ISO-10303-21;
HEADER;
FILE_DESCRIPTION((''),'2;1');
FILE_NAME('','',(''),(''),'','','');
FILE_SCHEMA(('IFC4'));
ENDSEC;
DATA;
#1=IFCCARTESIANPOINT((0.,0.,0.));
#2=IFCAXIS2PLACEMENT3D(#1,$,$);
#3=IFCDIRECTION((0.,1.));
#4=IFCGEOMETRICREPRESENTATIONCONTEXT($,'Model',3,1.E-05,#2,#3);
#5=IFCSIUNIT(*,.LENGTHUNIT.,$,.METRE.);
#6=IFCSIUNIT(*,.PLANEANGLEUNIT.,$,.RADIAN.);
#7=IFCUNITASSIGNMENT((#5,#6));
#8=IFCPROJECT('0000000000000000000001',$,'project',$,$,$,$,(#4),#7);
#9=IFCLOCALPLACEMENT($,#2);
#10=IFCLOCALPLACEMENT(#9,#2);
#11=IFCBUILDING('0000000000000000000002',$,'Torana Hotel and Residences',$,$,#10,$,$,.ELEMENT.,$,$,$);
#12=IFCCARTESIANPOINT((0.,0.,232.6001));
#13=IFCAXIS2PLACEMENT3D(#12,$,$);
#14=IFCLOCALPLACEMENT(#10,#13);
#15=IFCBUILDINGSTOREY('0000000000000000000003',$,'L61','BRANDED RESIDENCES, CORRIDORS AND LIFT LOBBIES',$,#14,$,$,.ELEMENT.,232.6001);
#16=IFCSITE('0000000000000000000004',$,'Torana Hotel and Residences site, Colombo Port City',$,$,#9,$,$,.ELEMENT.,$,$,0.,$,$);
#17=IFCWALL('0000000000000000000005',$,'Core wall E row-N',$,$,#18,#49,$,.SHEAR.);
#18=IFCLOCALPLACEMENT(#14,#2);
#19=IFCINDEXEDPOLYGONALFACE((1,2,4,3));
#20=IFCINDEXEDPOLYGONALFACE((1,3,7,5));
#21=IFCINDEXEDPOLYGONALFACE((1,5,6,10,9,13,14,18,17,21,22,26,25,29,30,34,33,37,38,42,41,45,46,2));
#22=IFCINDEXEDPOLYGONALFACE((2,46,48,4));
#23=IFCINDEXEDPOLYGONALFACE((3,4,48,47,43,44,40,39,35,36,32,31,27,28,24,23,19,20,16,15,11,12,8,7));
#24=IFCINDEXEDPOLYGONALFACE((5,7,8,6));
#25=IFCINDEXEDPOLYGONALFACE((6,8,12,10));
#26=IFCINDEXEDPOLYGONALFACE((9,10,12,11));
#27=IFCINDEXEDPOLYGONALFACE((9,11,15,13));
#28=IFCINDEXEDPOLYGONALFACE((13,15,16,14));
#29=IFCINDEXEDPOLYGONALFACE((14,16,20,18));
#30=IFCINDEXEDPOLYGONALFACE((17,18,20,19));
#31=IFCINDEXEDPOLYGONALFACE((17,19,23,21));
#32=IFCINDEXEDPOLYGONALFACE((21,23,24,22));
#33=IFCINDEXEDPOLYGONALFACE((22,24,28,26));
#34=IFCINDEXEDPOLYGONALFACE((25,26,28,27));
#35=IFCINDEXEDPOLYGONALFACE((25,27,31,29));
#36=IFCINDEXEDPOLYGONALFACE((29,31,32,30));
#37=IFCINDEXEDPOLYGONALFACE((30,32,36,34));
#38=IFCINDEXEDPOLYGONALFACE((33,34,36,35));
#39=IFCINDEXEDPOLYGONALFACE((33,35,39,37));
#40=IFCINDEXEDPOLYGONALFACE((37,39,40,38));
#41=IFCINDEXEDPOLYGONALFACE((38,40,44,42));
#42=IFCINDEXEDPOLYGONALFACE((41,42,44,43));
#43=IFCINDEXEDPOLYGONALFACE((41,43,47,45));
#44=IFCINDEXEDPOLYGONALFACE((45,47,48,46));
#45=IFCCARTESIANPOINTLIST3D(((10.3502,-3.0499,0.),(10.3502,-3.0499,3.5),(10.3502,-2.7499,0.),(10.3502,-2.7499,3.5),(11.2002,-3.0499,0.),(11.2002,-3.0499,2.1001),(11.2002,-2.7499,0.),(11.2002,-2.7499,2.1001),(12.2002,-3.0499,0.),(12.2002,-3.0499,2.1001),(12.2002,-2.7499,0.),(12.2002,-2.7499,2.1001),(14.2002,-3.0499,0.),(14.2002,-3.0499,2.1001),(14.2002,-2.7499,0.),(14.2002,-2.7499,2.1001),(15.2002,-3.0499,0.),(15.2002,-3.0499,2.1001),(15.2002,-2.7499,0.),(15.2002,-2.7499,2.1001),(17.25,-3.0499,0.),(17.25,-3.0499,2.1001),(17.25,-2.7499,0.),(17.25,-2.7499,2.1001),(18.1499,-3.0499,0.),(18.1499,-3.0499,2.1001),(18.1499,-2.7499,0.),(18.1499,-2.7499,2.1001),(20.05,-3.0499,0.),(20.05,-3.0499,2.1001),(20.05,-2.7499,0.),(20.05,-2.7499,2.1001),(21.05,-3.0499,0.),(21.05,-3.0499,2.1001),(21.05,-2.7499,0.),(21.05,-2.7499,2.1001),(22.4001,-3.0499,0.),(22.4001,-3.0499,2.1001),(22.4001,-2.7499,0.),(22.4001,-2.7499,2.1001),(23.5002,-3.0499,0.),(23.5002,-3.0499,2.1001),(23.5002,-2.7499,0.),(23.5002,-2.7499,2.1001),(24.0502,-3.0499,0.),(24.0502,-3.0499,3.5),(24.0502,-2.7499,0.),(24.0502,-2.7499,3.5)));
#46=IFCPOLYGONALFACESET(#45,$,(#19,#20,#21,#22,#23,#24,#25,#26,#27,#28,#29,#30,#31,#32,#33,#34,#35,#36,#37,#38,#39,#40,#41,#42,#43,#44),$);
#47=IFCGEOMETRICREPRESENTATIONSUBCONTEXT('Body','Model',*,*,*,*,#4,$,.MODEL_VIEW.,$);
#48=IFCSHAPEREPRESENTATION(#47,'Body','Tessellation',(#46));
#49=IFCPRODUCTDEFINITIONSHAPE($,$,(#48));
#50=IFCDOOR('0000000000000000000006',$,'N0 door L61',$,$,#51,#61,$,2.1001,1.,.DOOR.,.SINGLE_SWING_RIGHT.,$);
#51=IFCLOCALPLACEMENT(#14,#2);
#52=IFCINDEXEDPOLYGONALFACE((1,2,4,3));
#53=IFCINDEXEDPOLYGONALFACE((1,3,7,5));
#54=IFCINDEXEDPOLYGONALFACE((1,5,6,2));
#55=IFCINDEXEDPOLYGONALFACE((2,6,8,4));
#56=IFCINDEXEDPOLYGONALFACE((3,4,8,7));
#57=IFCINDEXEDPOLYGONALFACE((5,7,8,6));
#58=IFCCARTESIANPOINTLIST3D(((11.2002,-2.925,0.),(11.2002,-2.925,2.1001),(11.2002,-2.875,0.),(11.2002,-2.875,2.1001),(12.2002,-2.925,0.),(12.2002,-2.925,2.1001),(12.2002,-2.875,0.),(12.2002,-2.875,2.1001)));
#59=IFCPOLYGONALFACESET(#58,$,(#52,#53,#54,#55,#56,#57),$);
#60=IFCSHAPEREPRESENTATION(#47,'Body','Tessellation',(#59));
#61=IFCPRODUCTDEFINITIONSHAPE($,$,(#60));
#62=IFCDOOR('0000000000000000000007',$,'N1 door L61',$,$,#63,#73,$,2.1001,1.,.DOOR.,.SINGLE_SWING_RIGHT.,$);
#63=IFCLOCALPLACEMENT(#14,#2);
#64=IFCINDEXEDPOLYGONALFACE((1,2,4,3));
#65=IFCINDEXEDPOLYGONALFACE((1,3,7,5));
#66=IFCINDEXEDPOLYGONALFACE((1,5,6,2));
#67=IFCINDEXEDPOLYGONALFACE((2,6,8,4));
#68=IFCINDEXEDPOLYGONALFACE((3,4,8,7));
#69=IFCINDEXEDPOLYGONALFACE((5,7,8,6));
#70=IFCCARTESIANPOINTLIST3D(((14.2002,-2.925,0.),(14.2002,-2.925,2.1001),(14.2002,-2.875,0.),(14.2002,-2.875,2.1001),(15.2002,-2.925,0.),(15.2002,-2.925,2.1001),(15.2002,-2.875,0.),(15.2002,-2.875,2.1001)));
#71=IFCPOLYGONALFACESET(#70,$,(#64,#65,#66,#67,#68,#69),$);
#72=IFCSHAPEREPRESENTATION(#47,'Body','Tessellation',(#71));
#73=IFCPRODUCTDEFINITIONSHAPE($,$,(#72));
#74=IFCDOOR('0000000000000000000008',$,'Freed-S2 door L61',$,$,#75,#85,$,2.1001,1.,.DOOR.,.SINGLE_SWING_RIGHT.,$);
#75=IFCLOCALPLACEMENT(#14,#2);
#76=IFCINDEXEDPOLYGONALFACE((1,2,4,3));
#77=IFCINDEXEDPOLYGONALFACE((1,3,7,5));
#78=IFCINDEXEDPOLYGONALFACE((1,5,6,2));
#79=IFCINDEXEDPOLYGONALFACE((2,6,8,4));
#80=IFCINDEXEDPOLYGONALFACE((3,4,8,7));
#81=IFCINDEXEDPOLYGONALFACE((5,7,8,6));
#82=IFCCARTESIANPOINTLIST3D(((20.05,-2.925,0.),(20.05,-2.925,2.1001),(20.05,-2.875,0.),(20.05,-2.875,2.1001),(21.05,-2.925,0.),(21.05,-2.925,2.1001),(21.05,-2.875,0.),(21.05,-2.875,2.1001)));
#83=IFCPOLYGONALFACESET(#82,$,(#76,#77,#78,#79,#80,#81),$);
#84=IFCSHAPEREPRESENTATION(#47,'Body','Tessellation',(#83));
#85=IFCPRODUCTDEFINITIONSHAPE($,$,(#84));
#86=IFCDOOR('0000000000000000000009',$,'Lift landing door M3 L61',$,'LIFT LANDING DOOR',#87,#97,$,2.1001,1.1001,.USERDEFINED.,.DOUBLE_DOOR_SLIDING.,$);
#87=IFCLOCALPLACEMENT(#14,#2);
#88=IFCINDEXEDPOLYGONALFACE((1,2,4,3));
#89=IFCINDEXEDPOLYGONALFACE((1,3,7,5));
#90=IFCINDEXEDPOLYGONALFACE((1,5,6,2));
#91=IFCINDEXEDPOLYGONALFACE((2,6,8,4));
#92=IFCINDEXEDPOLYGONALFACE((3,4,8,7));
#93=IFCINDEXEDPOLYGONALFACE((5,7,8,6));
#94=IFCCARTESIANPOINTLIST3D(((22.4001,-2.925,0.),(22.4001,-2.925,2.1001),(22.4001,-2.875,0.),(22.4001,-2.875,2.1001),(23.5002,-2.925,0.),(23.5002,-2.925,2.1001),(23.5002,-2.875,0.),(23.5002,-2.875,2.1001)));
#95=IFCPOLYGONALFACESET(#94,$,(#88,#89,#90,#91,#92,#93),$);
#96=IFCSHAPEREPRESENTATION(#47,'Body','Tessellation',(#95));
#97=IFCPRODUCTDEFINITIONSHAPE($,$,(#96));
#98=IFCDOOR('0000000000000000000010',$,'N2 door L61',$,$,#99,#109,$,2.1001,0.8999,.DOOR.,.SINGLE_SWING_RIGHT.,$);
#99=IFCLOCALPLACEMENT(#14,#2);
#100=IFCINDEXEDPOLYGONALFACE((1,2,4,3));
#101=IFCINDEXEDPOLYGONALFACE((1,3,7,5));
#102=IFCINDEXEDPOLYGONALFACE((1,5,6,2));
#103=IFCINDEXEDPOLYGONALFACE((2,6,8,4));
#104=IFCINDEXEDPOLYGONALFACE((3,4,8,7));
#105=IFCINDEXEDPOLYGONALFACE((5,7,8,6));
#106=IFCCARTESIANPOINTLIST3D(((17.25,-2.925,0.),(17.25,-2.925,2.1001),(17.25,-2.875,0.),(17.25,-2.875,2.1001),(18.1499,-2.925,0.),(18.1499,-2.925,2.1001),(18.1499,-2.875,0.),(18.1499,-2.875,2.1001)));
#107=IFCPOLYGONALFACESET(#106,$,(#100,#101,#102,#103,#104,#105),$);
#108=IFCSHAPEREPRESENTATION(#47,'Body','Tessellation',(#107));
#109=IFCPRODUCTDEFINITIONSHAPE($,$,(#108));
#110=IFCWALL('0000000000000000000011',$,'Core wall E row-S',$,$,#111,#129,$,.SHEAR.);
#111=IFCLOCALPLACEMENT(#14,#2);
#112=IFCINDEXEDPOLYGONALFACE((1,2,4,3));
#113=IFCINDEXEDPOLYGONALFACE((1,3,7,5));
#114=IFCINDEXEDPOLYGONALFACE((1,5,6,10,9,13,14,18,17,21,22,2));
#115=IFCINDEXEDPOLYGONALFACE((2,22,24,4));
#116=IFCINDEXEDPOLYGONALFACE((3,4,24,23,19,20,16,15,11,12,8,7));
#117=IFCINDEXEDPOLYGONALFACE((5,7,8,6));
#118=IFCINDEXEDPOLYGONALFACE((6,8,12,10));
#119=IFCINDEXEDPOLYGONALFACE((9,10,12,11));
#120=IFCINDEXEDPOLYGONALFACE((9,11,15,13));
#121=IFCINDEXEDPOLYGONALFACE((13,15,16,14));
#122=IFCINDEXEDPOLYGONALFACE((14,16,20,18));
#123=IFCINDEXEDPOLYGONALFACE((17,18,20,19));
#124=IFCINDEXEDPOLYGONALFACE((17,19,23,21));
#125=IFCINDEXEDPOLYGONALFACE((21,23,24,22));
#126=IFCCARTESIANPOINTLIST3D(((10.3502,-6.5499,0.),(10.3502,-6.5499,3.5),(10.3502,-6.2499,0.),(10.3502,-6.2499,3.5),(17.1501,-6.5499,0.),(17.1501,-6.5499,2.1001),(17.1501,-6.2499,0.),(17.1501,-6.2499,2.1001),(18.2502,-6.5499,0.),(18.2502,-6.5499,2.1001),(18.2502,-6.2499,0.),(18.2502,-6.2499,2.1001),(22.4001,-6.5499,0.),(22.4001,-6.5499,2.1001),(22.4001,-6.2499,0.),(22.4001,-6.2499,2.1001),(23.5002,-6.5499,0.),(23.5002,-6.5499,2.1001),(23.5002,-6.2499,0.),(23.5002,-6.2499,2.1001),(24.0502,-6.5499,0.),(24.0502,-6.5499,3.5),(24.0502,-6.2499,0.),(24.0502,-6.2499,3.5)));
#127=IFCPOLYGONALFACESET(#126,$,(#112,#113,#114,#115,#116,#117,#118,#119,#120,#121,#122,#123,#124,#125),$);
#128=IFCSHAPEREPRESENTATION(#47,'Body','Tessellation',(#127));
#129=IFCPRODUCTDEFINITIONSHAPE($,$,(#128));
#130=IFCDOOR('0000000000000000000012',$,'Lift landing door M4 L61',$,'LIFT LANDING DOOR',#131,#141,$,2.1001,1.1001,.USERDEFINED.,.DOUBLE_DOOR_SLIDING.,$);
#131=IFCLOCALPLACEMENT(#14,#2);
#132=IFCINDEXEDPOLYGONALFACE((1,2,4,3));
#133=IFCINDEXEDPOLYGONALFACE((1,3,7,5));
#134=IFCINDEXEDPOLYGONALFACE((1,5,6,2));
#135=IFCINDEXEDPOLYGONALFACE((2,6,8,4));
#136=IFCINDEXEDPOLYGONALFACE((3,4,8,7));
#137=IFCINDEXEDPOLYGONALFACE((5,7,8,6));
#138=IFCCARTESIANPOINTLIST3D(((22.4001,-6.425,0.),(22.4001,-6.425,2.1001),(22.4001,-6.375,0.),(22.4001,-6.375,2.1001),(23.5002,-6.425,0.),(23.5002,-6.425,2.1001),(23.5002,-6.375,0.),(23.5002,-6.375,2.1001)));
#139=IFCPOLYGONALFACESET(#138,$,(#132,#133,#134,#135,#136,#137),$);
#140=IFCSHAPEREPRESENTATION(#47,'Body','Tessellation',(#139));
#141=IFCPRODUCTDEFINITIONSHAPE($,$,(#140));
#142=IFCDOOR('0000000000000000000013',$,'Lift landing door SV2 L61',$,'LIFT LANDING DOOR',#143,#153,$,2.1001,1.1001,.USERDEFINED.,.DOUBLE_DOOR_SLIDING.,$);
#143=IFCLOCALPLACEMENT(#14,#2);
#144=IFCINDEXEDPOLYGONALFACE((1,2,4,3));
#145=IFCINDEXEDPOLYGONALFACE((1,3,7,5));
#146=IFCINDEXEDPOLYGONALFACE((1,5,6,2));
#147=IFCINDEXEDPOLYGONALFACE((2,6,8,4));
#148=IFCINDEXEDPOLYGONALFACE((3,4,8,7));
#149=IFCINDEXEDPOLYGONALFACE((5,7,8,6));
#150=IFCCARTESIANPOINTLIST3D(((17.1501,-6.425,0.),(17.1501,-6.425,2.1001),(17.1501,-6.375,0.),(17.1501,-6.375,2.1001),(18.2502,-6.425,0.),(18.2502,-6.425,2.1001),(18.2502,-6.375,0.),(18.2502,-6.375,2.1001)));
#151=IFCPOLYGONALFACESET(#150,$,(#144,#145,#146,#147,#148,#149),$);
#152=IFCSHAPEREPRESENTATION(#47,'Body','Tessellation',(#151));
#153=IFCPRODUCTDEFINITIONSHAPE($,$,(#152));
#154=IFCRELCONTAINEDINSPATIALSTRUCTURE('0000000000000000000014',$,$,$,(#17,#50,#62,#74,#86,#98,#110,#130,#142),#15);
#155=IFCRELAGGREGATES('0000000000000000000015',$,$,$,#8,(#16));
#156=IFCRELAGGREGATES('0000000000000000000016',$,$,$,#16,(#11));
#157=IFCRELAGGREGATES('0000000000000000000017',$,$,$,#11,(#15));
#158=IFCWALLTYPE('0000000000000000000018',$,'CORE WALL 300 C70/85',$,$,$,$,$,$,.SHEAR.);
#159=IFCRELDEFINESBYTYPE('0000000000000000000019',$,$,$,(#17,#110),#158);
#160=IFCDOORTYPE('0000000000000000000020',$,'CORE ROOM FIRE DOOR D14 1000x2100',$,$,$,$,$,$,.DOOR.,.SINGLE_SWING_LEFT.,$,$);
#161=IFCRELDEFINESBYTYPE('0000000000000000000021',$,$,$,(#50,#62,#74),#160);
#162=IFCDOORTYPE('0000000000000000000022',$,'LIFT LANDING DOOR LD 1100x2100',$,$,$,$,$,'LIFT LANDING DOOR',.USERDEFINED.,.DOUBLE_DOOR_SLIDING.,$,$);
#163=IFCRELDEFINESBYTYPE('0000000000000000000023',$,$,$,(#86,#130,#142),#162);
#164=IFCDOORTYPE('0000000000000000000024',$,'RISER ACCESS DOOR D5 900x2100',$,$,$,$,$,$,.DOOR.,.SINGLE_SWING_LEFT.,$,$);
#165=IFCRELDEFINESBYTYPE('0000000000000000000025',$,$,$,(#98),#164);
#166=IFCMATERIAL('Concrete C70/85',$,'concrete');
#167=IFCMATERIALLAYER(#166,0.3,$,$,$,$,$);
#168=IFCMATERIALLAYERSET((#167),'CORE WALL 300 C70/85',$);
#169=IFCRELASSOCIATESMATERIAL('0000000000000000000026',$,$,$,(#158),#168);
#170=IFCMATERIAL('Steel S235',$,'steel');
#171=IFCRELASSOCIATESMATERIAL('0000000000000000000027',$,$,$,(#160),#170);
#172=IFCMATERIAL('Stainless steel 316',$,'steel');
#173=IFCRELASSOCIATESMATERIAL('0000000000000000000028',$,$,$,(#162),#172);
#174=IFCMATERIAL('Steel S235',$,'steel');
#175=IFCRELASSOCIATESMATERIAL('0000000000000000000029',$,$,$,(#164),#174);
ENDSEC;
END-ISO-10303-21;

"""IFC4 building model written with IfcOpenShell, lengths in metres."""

from ifc_helpers import new_model, si_unit, direction, frame, frame_2d, origin, place, context, subcontext, project, spatial, rectangle, extrude, material, layer, layer_set, type_object, element, fill, save


model = new_model("IFC4")

# Units and contexts
model_context = context("Model", 3, precision=1e-05, world=origin(), true_north=direction((0.0, 1.0)))
body_context = subcontext(model_context, "Body", "Model", "MODEL_VIEW")
ifc_project = project(units=[si_unit("LENGTHUNIT", "METRE"), si_unit("PLANEANGLEUNIT", "RADIAN")], contexts=[model_context])

# Site, building, storey
site_placement = place(None, origin())
site = spatial("IfcSite", under=ifc_project, at=site_placement, Name="Torana Hotel and Residences site, Colombo Port City", CompositionType="ELEMENT", RefElevation=0.0)
building_placement = place(site_placement, origin())
building = spatial("IfcBuilding", under=site, at=building_placement, Name="Torana Hotel and Residences", CompositionType="ELEMENT")
storey_placement = place(building_placement, frame((0.0, 0.0, 232.6001)))
storey = spatial("IfcBuildingStorey", under=building, at=storey_placement, Name="L61", Description="BRANDED RESIDENCES, CORRIDORS AND LIFT LOBBIES", CompositionType="ELEMENT", Elevation=232.6001)

# Walls, openings, doors
ifc_material_1 = material(Name="Concrete C70/85", Category="concrete")
ifc_layer_1 = layer(ifc_material_1, 0.3)
ifc_layer_set_1 = layer_set([ifc_layer_1], Name="CORE WALL 300 C70/85")
wall_type_1 = type_object("IfcWallType", Name="CORE WALL 300 C70/85", PredefinedType="SHEAR", material=ifc_layer_set_1)
wall_1_placement = place(storey_placement, frame((10.3501, -2.8999, 0.0), z_axis=(0.0, 0.0, 1.0), x_axis=(1.0, 0.0, 0.0)))
wall_1 = element("IfcWall", 1, at=wall_1_placement, inside=storey, type_object=wall_type_1, Name="Core wall E row-N", PredefinedType="SHEAR", context=body_context, shape_type="SweptSolid", body=[
    extrude(rectangle(XDim=13.7, YDim=0.3, at=frame_2d((6.8501, 0.0))), origin(), (0.0, 0.0, 1.0), 3.5),
])
opening_1_placement = place(wall_1_placement, frame((12.05, 0.0, 0.0)))
opening_1 = element("IfcOpeningElement", 2, at=opening_1_placement, cuts=wall_1, PredefinedType="OPENING", context=body_context, shape_type="SweptSolid", body=[
    extrude(rectangle(XDim=1.1001, YDim=2.1001, at=frame_2d((0.55, 1.05))), frame((0.0, 0.1599, 0.0), z_axis=(0.0, -1.0, 0.0), x_axis=(1.0, 0.0, 0.0)), (0.0, 0.0, 1.0), 0.3201),
])
opening_2_placement = place(wall_1_placement, frame((6.8999, 0.0, 0.0)))
opening_2 = element("IfcOpeningElement", 3, at=opening_2_placement, cuts=wall_1, PredefinedType="OPENING", context=body_context, shape_type="SweptSolid", body=[
    extrude(rectangle(XDim=0.8999, YDim=2.1001, at=frame_2d((0.45, 1.05))), frame((0.0, 0.1599, 0.0), z_axis=(0.0, -1.0, 0.0), x_axis=(1.0, 0.0, 0.0)), (0.0, 0.0, 1.0), 0.3201),
])
opening_3_placement = place(wall_1_placement, frame((0.8501, 0.0, 0.0)))
opening_3 = element("IfcOpeningElement", 4, at=opening_3_placement, cuts=wall_1, PredefinedType="OPENING", context=body_context, shape_type="SweptSolid", body=[
    extrude(rectangle(XDim=1.0, YDim=2.1001, at=frame_2d((0.5, 1.05))), frame((0.0, 0.1599, 0.0), z_axis=(0.0, -1.0, 0.0), x_axis=(1.0, 0.0, 0.0)), (0.0, 0.0, 1.0), 0.3201),
])
opening_4_placement = place(wall_1_placement, frame((3.8501, 0.0, 0.0)))
opening_4 = element("IfcOpeningElement", 5, at=opening_4_placement, cuts=wall_1, PredefinedType="OPENING", context=body_context, shape_type="SweptSolid", body=[
    extrude(rectangle(XDim=1.0, YDim=2.1001, at=frame_2d((0.5, 1.05))), frame((0.0, 0.1599, 0.0), z_axis=(0.0, -1.0, 0.0), x_axis=(1.0, 0.0, 0.0)), (0.0, 0.0, 1.0), 0.3201),
])
opening_5_placement = place(wall_1_placement, frame((9.7, 0.0, 0.0)))
opening_5 = element("IfcOpeningElement", 6, at=opening_5_placement, cuts=wall_1, PredefinedType="OPENING", context=body_context, shape_type="SweptSolid", body=[
    extrude(rectangle(XDim=1.0, YDim=2.1001, at=frame_2d((0.5, 1.05))), frame((0.0, 0.1599, 0.0), z_axis=(0.0, -1.0, 0.0), x_axis=(1.0, 0.0, 0.0)), (0.0, 0.0, 1.0), 0.3201),
])
ifc_material_2 = material(Name="Steel S235", Category="steel")
door_type_1 = type_object("IfcDoorType", Name="CORE ROOM FIRE DOOR D14 1000x2100", OperationType="SINGLE_SWING_LEFT", PredefinedType="DOOR", material=ifc_material_2)
door_1_placement = place(opening_3_placement, origin())
door_1 = element("IfcDoor", 7, at=door_1_placement, inside=storey, type_object=door_type_1, Name="N0 door L61", OperationType="SINGLE_SWING_RIGHT", OverallHeight=2.1001, OverallWidth=1.0, PredefinedType="DOOR", context=body_context, shape_type="SweptSolid", body=[
    extrude(rectangle(XDim=1.0, YDim=2.1001, at=frame_2d((0.5, 1.05))), frame((0.0, 0.0249, 0.0), z_axis=(0.0, -1.0, 0.0), x_axis=(1.0, 0.0, 0.0)), (0.0, 0.0, 1.0), 0.05),
])
fill(opening_3, door_1)
door_2_placement = place(opening_4_placement, origin())
door_2 = element("IfcDoor", 8, at=door_2_placement, inside=storey, type_object=door_type_1, Name="N1 door L61", OperationType="SINGLE_SWING_RIGHT", OverallHeight=2.1001, OverallWidth=1.0, PredefinedType="DOOR", context=body_context, shape_type="SweptSolid", body=[
    extrude(rectangle(XDim=1.0, YDim=2.1001, at=frame_2d((0.5, 1.05))), frame((0.0, 0.0249, 0.0), z_axis=(0.0, -1.0, 0.0), x_axis=(1.0, 0.0, 0.0)), (0.0, 0.0, 1.0), 0.05),
])
fill(opening_4, door_2)
door_3_placement = place(opening_5_placement, origin())
door_3 = element("IfcDoor", 9, at=door_3_placement, inside=storey, type_object=door_type_1, Name="Freed-S2 door L61", OperationType="SINGLE_SWING_RIGHT", OverallHeight=2.1001, OverallWidth=1.0, PredefinedType="DOOR", context=body_context, shape_type="SweptSolid", body=[
    extrude(rectangle(XDim=1.0, YDim=2.1001, at=frame_2d((0.5, 1.05))), frame((0.0, 0.0249, 0.0), z_axis=(0.0, -1.0, 0.0), x_axis=(1.0, 0.0, 0.0)), (0.0, 0.0, 1.0), 0.05),
])
fill(opening_5, door_3)
ifc_material_3 = material(Name="Stainless steel 316", Category="steel")
door_type_2 = type_object("IfcDoorType", Name="LIFT LANDING DOOR LD 1100x2100", ElementType="LIFT LANDING DOOR", OperationType="DOUBLE_DOOR_SLIDING", PredefinedType="USERDEFINED", material=ifc_material_3)
door_4_placement = place(opening_1_placement, origin())
door_4 = element("IfcDoor", 10, at=door_4_placement, inside=storey, type_object=door_type_2, Name="Lift landing door M3 L61", ObjectType="LIFT LANDING DOOR", OperationType="DOUBLE_DOOR_SLIDING", OverallHeight=2.1001, OverallWidth=1.1001, PredefinedType="USERDEFINED", context=body_context, shape_type="SweptSolid", body=[
    extrude(rectangle(XDim=1.1001, YDim=2.1001, at=frame_2d((0.55, 1.05))), frame((0.0, 0.0249, 0.0), z_axis=(0.0, -1.0, 0.0), x_axis=(1.0, 0.0, 0.0)), (0.0, 0.0, 1.0), 0.05),
])
fill(opening_1, door_4)
ifc_material_4 = material(Name="Steel S235", Category="steel")
door_type_3 = type_object("IfcDoorType", Name="RISER ACCESS DOOR D5 900x2100", OperationType="SINGLE_SWING_LEFT", PredefinedType="DOOR", material=ifc_material_4)
door_5_placement = place(opening_2_placement, origin())
door_5 = element("IfcDoor", 11, at=door_5_placement, inside=storey, type_object=door_type_3, Name="N2 door L61", OperationType="SINGLE_SWING_RIGHT", OverallHeight=2.1001, OverallWidth=0.8999, PredefinedType="DOOR", context=body_context, shape_type="SweptSolid", body=[
    extrude(rectangle(XDim=0.8999, YDim=2.1001, at=frame_2d((0.45, 1.05))), frame((0.0, 0.0249, 0.0), z_axis=(0.0, -1.0, 0.0), x_axis=(1.0, 0.0, 0.0)), (0.0, 0.0, 1.0), 0.05),
])
fill(opening_2, door_5)
wall_2_placement = place(storey_placement, frame((10.3501, -6.3999, 0.0), z_axis=(0.0, 0.0, 1.0), x_axis=(1.0, 0.0, 0.0)))
wall_2 = element("IfcWall", 12, at=wall_2_placement, inside=storey, type_object=wall_type_1, Name="Core wall E row-S", PredefinedType="SHEAR", context=body_context, shape_type="SweptSolid", body=[
    extrude(rectangle(XDim=13.7, YDim=0.3, at=frame_2d((6.8501, 0.0))), origin(), (0.0, 0.0, 1.0), 3.5),
])
opening_6_placement = place(wall_2_placement, frame((12.05, 0.0, 0.0)))
opening_6 = element("IfcOpeningElement", 13, at=opening_6_placement, cuts=wall_2, PredefinedType="OPENING", context=body_context, shape_type="SweptSolid", body=[
    extrude(rectangle(XDim=1.1001, YDim=2.1001, at=frame_2d((0.55, 1.05))), frame((0.0, 0.1599, 0.0), z_axis=(0.0, -1.0, 0.0), x_axis=(1.0, 0.0, 0.0)), (0.0, 0.0, 1.0), 0.3201),
])
opening_7_placement = place(wall_2_placement, frame((6.8, 0.0, 0.0)))
opening_7 = element("IfcOpeningElement", 14, at=opening_7_placement, cuts=wall_2, PredefinedType="OPENING", context=body_context, shape_type="SweptSolid", body=[
    extrude(rectangle(XDim=1.1001, YDim=2.1001, at=frame_2d((0.55, 1.05))), frame((0.0, 0.1599, 0.0), z_axis=(0.0, -1.0, 0.0), x_axis=(1.0, 0.0, 0.0)), (0.0, 0.0, 1.0), 0.3201),
])
door_6_placement = place(opening_6_placement, origin())
door_6 = element("IfcDoor", 15, at=door_6_placement, inside=storey, type_object=door_type_2, Name="Lift landing door M4 L61", ObjectType="LIFT LANDING DOOR", OperationType="DOUBLE_DOOR_SLIDING", OverallHeight=2.1001, OverallWidth=1.1001, PredefinedType="USERDEFINED", context=body_context, shape_type="SweptSolid", body=[
    extrude(rectangle(XDim=1.1001, YDim=2.1001, at=frame_2d((0.55, 1.05))), frame((0.0, 0.0249, 0.0), z_axis=(0.0, -1.0, 0.0), x_axis=(1.0, 0.0, 0.0)), (0.0, 0.0, 1.0), 0.05),
])
fill(opening_6, door_6)
door_7_placement = place(opening_7_placement, origin())
door_7 = element("IfcDoor", 16, at=door_7_placement, inside=storey, type_object=door_type_2, Name="Lift landing door SV2 L61", ObjectType="LIFT LANDING DOOR", OperationType="DOUBLE_DOOR_SLIDING", OverallHeight=2.1001, OverallWidth=1.1001, PredefinedType="USERDEFINED", context=body_context, shape_type="SweptSolid", body=[
    extrude(rectangle(XDim=1.1001, YDim=2.1001, at=frame_2d((0.55, 1.05))), frame((0.0, 0.0249, 0.0), z_axis=(0.0, -1.0, 0.0), x_axis=(1.0, 0.0, 0.0)), (0.0, 0.0, 1.0), 0.05),
])
fill(opening_7, door_7)

save(model, "model.ifc")
